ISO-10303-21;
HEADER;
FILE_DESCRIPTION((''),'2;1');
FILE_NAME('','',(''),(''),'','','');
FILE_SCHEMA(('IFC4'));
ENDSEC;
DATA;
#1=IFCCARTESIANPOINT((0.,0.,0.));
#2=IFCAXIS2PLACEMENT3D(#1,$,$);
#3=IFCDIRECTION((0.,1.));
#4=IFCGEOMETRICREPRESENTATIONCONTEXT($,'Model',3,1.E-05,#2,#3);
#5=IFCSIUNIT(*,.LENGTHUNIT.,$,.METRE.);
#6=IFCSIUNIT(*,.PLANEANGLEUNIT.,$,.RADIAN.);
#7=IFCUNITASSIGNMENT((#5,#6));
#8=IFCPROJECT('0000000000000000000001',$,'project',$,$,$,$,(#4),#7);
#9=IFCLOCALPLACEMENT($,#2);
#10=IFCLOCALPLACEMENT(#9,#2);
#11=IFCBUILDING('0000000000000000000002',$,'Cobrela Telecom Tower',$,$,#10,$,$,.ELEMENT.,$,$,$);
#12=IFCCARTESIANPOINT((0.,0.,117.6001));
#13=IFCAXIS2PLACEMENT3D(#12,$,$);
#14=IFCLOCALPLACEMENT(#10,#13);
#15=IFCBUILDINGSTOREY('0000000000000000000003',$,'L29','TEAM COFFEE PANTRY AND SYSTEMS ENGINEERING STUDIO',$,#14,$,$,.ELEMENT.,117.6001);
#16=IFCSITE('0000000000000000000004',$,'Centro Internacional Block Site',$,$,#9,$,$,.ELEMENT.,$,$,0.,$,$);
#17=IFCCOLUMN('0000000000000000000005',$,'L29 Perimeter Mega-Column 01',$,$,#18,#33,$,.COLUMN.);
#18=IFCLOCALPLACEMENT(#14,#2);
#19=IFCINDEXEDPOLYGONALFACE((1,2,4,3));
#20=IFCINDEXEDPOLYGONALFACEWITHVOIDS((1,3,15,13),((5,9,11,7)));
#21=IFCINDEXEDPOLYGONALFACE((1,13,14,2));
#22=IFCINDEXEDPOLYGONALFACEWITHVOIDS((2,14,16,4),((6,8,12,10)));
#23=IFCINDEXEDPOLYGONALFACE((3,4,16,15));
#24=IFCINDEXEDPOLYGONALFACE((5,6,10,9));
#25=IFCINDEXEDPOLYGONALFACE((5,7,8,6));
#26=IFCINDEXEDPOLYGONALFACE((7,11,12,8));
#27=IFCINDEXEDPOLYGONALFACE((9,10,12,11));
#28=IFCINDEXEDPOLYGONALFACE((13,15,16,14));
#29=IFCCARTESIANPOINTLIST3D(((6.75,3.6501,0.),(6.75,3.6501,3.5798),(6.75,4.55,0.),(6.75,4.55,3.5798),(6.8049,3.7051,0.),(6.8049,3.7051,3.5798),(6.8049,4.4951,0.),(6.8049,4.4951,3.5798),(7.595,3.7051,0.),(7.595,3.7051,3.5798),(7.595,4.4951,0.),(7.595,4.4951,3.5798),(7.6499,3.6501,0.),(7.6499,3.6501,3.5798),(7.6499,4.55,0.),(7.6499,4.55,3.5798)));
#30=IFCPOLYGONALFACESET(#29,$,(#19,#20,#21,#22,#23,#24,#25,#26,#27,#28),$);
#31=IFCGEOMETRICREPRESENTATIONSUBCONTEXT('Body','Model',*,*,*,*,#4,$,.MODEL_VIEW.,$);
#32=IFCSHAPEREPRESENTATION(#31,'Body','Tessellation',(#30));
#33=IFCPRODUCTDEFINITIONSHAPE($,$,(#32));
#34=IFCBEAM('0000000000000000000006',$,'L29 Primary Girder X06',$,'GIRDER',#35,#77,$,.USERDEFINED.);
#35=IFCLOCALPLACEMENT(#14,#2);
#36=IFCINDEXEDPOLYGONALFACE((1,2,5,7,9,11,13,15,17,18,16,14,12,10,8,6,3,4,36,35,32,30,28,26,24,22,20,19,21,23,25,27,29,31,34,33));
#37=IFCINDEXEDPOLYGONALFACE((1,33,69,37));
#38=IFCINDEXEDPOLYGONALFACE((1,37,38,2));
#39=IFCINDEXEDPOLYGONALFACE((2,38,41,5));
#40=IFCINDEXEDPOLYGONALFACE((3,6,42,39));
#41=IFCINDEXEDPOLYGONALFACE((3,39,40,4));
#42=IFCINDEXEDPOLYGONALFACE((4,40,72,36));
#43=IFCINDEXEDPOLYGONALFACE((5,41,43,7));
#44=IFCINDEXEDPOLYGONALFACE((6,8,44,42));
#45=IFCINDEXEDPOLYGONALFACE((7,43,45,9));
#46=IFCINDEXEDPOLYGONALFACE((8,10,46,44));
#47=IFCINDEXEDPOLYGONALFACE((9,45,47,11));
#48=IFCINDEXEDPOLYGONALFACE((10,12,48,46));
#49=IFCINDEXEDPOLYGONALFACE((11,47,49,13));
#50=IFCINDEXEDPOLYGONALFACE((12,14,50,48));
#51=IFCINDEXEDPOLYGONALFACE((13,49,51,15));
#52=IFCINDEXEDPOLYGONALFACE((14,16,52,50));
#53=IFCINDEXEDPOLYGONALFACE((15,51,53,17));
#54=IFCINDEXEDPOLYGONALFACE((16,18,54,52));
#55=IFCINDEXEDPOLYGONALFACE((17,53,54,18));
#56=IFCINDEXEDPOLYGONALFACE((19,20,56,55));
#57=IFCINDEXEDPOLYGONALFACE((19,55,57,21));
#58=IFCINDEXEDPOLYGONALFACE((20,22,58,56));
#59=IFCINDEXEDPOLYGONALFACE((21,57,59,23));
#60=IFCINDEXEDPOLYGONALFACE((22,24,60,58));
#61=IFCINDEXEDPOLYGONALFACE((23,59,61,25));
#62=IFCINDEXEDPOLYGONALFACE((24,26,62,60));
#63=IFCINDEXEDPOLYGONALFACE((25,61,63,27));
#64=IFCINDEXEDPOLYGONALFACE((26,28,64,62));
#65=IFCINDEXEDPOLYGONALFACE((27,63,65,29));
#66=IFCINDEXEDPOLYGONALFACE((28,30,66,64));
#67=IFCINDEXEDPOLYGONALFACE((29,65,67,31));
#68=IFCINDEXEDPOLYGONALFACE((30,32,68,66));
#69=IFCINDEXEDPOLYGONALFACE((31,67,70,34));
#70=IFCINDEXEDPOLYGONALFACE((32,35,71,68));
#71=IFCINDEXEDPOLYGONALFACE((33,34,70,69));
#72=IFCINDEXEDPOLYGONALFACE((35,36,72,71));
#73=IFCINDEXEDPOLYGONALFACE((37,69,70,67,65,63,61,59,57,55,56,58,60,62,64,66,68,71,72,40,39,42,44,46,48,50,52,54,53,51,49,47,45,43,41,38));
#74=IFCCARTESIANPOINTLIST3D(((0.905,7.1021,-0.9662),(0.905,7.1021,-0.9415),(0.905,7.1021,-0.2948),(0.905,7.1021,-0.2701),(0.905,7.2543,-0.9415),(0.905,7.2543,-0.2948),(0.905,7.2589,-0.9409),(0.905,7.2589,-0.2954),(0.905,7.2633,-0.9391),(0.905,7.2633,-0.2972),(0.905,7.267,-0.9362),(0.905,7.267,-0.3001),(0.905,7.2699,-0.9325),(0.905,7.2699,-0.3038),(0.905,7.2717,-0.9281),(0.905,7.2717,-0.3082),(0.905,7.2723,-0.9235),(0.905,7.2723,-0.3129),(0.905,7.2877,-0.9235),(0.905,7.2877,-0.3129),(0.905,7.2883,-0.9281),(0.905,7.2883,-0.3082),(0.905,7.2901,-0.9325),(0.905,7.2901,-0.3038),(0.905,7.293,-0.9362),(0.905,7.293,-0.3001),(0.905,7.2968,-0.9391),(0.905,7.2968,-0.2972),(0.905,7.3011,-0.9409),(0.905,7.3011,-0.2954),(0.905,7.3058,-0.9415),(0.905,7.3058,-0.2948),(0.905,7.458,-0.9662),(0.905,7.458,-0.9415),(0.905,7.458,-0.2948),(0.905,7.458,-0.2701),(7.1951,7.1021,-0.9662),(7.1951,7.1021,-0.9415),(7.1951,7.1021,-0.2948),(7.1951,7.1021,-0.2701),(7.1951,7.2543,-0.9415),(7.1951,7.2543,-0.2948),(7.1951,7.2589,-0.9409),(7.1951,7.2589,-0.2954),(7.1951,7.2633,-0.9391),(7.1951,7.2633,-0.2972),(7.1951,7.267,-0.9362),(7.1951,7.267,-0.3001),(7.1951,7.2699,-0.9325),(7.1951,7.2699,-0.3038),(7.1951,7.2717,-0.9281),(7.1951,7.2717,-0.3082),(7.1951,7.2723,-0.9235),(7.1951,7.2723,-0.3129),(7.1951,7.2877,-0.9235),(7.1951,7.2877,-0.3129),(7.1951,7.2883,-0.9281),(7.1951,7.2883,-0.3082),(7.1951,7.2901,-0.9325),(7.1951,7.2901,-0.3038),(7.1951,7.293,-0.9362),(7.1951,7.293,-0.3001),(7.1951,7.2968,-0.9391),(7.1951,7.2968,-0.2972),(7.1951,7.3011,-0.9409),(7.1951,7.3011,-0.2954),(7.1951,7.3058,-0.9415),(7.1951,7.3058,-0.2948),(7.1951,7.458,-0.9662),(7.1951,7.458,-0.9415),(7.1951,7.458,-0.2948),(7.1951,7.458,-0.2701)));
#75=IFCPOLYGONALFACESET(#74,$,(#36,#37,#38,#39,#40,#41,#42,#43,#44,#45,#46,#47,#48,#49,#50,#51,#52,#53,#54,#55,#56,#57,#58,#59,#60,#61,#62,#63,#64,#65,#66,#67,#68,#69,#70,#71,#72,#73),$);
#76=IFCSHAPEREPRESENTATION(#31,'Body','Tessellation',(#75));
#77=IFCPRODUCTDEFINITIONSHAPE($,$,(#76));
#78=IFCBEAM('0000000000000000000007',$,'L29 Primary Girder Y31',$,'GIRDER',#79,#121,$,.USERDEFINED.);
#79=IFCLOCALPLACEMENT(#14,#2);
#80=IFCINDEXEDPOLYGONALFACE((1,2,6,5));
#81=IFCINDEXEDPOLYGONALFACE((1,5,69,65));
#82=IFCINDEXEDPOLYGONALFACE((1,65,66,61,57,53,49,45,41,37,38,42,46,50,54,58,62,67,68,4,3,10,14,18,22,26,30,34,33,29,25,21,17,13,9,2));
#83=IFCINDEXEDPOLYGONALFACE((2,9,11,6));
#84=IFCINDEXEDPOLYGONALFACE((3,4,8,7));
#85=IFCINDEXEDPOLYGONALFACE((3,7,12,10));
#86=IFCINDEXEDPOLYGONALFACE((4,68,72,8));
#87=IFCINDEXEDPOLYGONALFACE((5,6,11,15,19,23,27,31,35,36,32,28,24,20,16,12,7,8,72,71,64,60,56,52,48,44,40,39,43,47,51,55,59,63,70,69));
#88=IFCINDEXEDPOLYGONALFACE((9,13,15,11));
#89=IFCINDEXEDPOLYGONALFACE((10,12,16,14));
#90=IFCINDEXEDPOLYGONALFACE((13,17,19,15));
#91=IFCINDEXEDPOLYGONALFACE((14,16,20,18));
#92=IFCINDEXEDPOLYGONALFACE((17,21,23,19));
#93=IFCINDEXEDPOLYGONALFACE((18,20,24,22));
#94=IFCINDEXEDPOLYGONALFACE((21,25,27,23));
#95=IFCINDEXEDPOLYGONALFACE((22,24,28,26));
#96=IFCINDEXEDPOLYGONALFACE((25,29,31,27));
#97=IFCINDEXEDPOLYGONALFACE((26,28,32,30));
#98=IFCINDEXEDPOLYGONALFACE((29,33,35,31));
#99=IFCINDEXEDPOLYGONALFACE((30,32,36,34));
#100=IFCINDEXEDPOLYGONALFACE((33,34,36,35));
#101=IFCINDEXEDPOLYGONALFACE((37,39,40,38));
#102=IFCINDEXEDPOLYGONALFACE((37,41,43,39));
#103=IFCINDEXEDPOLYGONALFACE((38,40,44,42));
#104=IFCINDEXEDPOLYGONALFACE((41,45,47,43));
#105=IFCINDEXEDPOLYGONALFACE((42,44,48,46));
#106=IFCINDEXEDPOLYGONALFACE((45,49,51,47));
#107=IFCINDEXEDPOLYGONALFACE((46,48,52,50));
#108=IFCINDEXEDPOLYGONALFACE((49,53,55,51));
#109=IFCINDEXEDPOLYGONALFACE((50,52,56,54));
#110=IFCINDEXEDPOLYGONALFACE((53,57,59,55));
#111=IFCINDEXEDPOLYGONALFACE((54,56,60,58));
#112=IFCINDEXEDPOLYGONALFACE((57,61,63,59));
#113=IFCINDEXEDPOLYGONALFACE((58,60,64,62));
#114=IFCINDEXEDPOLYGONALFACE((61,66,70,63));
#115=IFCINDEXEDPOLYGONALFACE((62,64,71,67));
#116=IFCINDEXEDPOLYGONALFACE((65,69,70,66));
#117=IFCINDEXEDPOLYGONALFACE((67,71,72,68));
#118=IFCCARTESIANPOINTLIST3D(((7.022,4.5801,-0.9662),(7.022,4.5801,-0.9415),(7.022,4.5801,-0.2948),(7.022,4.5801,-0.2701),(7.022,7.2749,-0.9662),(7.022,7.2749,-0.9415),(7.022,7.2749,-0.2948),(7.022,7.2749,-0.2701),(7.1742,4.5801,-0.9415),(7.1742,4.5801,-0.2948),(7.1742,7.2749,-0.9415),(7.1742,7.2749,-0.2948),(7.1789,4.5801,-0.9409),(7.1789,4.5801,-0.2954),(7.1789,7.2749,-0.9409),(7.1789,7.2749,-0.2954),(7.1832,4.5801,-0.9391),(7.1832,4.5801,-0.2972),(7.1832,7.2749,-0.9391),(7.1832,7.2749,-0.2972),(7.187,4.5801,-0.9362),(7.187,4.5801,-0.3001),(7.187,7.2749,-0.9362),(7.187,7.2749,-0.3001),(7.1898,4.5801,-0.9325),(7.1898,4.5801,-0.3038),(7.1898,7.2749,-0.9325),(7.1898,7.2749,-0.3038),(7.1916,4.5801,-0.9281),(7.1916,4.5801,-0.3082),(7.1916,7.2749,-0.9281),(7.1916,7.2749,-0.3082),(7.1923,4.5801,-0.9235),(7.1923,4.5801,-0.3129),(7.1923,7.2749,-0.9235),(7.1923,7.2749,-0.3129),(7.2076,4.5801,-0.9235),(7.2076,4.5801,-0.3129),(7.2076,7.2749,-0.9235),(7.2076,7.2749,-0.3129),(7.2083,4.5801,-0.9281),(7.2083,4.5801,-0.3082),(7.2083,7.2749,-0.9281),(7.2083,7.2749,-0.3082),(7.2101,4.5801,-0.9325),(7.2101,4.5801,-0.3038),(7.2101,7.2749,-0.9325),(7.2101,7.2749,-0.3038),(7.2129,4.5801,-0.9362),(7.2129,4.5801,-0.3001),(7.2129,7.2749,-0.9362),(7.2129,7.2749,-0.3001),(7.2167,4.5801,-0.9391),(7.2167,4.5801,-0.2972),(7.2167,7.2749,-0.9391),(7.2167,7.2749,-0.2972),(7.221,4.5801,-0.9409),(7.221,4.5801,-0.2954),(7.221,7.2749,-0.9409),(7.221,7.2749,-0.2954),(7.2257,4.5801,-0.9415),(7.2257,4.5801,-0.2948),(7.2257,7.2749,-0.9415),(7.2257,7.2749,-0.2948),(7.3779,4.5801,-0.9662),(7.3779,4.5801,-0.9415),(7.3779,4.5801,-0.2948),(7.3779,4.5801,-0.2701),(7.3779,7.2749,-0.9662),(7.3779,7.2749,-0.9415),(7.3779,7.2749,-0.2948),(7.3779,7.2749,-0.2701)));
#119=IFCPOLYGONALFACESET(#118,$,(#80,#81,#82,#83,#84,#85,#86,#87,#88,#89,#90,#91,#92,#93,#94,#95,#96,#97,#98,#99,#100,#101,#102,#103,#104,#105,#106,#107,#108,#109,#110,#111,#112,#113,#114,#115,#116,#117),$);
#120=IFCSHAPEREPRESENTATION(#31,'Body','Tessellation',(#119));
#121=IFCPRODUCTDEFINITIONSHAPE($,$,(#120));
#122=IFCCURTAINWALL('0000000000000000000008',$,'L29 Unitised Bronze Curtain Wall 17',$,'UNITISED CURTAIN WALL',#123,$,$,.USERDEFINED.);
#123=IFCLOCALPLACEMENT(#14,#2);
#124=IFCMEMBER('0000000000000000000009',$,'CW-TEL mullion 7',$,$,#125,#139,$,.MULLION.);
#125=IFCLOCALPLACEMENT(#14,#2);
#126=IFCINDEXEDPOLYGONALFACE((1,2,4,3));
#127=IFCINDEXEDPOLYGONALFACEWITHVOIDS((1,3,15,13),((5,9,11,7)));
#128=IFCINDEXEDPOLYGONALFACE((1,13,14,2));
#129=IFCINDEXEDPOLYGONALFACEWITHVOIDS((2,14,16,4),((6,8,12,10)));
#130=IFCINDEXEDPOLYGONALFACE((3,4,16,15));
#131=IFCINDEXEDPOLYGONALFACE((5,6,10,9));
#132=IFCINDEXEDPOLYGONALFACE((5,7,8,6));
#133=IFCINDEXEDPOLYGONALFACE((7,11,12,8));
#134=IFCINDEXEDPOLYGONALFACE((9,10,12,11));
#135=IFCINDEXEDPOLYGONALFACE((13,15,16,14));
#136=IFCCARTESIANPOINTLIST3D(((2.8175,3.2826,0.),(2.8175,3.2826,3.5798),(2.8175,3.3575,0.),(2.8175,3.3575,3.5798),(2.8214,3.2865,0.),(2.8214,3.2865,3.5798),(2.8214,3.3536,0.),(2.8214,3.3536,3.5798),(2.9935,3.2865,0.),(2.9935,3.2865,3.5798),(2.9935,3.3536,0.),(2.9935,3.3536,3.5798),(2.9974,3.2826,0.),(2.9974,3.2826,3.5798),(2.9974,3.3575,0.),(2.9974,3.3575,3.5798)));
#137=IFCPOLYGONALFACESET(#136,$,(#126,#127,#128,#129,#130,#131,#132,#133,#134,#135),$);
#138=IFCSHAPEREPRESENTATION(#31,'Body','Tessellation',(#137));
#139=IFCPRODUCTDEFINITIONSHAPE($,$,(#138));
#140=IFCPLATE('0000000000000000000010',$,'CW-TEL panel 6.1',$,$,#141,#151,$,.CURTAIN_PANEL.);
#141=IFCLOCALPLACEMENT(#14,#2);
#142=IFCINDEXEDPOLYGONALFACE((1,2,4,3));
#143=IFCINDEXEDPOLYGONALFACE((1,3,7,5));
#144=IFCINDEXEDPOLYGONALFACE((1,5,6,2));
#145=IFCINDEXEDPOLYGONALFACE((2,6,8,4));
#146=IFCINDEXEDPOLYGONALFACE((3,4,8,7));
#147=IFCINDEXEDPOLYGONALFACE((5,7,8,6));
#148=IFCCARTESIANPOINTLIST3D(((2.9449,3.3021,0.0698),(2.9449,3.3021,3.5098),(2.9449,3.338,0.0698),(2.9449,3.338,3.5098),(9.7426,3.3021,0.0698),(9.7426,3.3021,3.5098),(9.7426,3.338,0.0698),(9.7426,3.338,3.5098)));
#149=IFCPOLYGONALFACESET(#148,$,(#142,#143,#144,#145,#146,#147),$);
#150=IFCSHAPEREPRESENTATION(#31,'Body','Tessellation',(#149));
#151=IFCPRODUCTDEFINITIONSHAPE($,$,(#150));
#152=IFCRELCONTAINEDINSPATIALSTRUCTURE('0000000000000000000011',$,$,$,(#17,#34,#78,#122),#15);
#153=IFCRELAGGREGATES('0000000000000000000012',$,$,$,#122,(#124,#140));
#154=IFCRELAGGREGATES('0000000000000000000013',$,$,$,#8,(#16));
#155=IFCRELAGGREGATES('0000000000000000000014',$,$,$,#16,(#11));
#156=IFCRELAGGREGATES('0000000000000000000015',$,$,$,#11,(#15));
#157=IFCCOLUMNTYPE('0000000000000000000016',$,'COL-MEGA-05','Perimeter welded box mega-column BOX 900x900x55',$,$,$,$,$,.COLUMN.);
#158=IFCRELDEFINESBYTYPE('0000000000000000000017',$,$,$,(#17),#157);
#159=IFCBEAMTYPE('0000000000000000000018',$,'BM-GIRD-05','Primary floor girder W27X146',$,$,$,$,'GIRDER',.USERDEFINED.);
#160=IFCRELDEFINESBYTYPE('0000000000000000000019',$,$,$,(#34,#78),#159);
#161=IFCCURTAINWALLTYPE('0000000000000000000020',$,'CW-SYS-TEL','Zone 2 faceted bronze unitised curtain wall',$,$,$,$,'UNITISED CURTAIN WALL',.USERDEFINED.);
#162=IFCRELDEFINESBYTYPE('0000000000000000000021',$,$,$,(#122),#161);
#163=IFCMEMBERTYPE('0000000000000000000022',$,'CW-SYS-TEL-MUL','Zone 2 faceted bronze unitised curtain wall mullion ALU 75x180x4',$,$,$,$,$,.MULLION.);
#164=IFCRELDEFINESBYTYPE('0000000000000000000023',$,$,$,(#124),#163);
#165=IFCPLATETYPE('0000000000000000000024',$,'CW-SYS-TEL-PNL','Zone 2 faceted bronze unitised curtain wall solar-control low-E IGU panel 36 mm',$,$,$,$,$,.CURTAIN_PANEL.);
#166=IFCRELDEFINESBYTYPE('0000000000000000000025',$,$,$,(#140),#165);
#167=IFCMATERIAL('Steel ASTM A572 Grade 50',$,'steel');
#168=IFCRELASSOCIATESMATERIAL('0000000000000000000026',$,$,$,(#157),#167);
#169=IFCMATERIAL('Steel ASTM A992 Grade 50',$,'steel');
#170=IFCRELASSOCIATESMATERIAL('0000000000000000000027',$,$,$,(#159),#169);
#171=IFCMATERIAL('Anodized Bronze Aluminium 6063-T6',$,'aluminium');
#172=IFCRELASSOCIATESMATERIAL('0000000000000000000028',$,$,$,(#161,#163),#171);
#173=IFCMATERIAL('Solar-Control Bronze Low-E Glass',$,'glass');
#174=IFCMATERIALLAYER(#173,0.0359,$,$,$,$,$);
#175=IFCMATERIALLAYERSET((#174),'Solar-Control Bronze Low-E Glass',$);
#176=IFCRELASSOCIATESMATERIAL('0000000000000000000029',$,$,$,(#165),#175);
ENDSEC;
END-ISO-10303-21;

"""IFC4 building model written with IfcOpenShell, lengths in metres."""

from ifc_helpers import new_model, si_unit, direction, frame, origin, origin_2d, place, context, subcontext, project, spatial, rectangle, hollow_rectangle, i_section, extrude, material, layer, layer_set, material_profile, profile_set, type_object, element, aggregate, save


model = new_model("IFC4")

# Units and contexts
model_context = context("Model", 3, precision=1e-05, world=origin(), true_north=direction((0.0, 1.0)))
body_context = subcontext(model_context, "Body", "Model", "MODEL_VIEW")
ifc_project = project(units=[si_unit("LENGTHUNIT", "METRE"), si_unit("PLANEANGLEUNIT", "RADIAN")], contexts=[model_context])

# Site, building, storey
site_placement = place(None, origin())
site = spatial("IfcSite", under=ifc_project, at=site_placement, Name="Centro Internacional Block Site", CompositionType="ELEMENT", RefElevation=0.0)
building_placement = place(site_placement, origin())
building = spatial("IfcBuilding", under=site, at=building_placement, Name="Cobrela Telecom Tower", CompositionType="ELEMENT")
storey_placement = place(building_placement, frame((0.0, 0.0, 117.6001)))
storey = spatial("IfcBuildingStorey", under=building, at=storey_placement, Name="L29", Description="TEAM COFFEE PANTRY AND SYSTEMS ENGINEERING STUDIO", CompositionType="ELEMENT", Elevation=117.6001)

# Column
ifc_material_1 = material(Name="Steel ASTM A572 Grade 50", Category="steel")
ifc_material_profile_1 = material_profile(ifc_material_1, hollow_rectangle(XDim=0.8999, YDim=0.8999, WallThickness=0.0549, at=origin_2d()), Name="BOX 900x900x55")
ifc_profile_set_1 = profile_set([ifc_material_profile_1], Name="Steel ASTM A572 Grade 50")
column_type = type_object("IfcColumnType", Name="COL-MEGA-05", Description="Perimeter welded box mega-column BOX 900x900x55", PredefinedType="COLUMN", material=ifc_profile_set_1)
column_placement = place(storey_placement, frame((7.2, 4.1001, 0.0), z_axis=(0.0, 0.0, 1.0), x_axis=(1.0, 0.0, 0.0)))
element("IfcColumn", 1, at=column_placement, inside=storey, type_object=column_type, Name="L29 Perimeter Mega-Column 01", PredefinedType="COLUMN", context=body_context, shape_type="SweptSolid", body=[
    extrude(hollow_rectangle(XDim=0.8999, YDim=0.8999, WallThickness=0.0549, at=origin_2d()), origin(), (0.0, 0.0, 1.0), 3.5798),
])

# Beams
ifc_material_2 = material(Name="Steel ASTM A992 Grade 50", Category="steel")
ifc_material_profile_2 = material_profile(ifc_material_2, i_section(OverallWidth=0.356, OverallDepth=0.696, WebThickness=0.0154, FlangeThickness=0.0247, FilletRadius=0.0181, at=origin_2d()), Name="W27X146")
ifc_profile_set_2 = profile_set([ifc_material_profile_2], Name="Steel ASTM A992 Grade 50")
beam_type = type_object("IfcBeamType", Name="BM-GIRD-05", Description="Primary floor girder W27X146", ElementType="GIRDER", PredefinedType="USERDEFINED", material=ifc_profile_set_2)
beam_1_placement = place(storey_placement, frame((0.905, 7.28, -0.6182), z_axis=(1.0, 0.0, 0.0), x_axis=(0.0, 1.0, 0.0)))
element("IfcBeam", 2, at=beam_1_placement, inside=storey, type_object=beam_type, Name="L29 Primary Girder X06", ObjectType="GIRDER", PredefinedType="USERDEFINED", context=body_context, shape_type="SweptSolid", body=[
    extrude(i_section(OverallWidth=0.356, OverallDepth=0.696, WebThickness=0.0154, FlangeThickness=0.0247, FilletRadius=0.0181, at=origin_2d()), origin(), (0.0, 0.0, 1.0), 6.29),
])
beam_2_placement = place(storey_placement, frame((7.2, 4.5801, -0.6182), z_axis=(0.0, 1.0, 0.0), x_axis=(-1.0, 0.0, 0.0)))
element("IfcBeam", 3, at=beam_2_placement, inside=storey, type_object=beam_type, Name="L29 Primary Girder Y31", ObjectType="GIRDER", PredefinedType="USERDEFINED", context=body_context, shape_type="SweptSolid", body=[
    extrude(i_section(OverallWidth=0.356, OverallDepth=0.696, WebThickness=0.0154, FlangeThickness=0.0247, FilletRadius=0.0181, at=origin_2d()), origin(), (0.0, 0.0, 1.0), 2.6948),
])

# Curtain wall, member, plate
ifc_material_3 = material(Name="Anodized Bronze Aluminium 6063-T6", Category="aluminium")
curtain_wall_type = type_object("IfcCurtainWallType", Name="CW-SYS-TEL", Description="Zone 2 faceted bronze unitised curtain wall", ElementType="UNITISED CURTAIN WALL", PredefinedType="USERDEFINED", material=ifc_material_3)
curtain_wall_placement = place(storey_placement, origin())
curtain_wall = element("IfcCurtainWall", 4, at=curtain_wall_placement, inside=storey, type_object=curtain_wall_type, Name="L29 Unitised Bronze Curtain Wall 17", ObjectType="UNITISED CURTAIN WALL", PredefinedType="USERDEFINED")
ifc_material_profile_3 = material_profile(ifc_material_3, hollow_rectangle(XDim=0.075, YDim=0.1799, WallThickness=0.0039, at=origin_2d()), Name="ALU 75x180x4")
ifc_profile_set_3 = profile_set([ifc_material_profile_3], Name="Anodized Bronze Aluminium 6063-T6")
member_type = type_object("IfcMemberType", Name="CW-SYS-TEL-MUL", Description="Zone 2 faceted bronze unitised curtain wall mullion ALU 75x180x4", PredefinedType="MULLION", material=ifc_profile_set_3)
member_placement = place(storey_placement, frame((2.9075, 3.3201, 0.0), z_axis=(0.0, 0.0, 1.0), x_axis=(0.0, -1.0, 0.0)))
member = element("IfcMember", 5, at=member_placement, type_object=member_type, Name="CW-TEL mullion 7", PredefinedType="MULLION", context=body_context, shape_type="SweptSolid", body=[
    extrude(hollow_rectangle(XDim=0.075, YDim=0.1799, WallThickness=0.0039, at=origin_2d()), origin(), (0.0, 0.0, 1.0), 3.5798),
])
ifc_material_4 = material(Name="Solar-Control Bronze Low-E Glass", Category="glass")
ifc_layer_1 = layer(ifc_material_4, 0.0359)
ifc_layer_set_1 = layer_set([ifc_layer_1], Name="Solar-Control Bronze Low-E Glass")
plate_type = type_object("IfcPlateType", Name="CW-SYS-TEL-PNL", Description="Zone 2 faceted bronze unitised curtain wall solar-control low-E IGU panel 36 mm", PredefinedType="CURTAIN_PANEL", material=ifc_layer_set_1)
plate_placement = place(storey_placement, frame((6.3438, 3.3201, 0.0698), z_axis=(0.0, 0.0, 1.0), x_axis=(-1.0, 0.0, 0.0)))
plate = element("IfcPlate", 6, at=plate_placement, type_object=plate_type, Name="CW-TEL panel 6.1", PredefinedType="CURTAIN_PANEL", context=body_context, shape_type="SweptSolid", body=[
    extrude(rectangle(XDim=6.7976, YDim=0.0359, at=origin_2d()), origin(), (0.0, 0.0, 1.0), 3.4399),
])
aggregate(curtain_wall, [member, plate])

save(model, "model.ifc")
